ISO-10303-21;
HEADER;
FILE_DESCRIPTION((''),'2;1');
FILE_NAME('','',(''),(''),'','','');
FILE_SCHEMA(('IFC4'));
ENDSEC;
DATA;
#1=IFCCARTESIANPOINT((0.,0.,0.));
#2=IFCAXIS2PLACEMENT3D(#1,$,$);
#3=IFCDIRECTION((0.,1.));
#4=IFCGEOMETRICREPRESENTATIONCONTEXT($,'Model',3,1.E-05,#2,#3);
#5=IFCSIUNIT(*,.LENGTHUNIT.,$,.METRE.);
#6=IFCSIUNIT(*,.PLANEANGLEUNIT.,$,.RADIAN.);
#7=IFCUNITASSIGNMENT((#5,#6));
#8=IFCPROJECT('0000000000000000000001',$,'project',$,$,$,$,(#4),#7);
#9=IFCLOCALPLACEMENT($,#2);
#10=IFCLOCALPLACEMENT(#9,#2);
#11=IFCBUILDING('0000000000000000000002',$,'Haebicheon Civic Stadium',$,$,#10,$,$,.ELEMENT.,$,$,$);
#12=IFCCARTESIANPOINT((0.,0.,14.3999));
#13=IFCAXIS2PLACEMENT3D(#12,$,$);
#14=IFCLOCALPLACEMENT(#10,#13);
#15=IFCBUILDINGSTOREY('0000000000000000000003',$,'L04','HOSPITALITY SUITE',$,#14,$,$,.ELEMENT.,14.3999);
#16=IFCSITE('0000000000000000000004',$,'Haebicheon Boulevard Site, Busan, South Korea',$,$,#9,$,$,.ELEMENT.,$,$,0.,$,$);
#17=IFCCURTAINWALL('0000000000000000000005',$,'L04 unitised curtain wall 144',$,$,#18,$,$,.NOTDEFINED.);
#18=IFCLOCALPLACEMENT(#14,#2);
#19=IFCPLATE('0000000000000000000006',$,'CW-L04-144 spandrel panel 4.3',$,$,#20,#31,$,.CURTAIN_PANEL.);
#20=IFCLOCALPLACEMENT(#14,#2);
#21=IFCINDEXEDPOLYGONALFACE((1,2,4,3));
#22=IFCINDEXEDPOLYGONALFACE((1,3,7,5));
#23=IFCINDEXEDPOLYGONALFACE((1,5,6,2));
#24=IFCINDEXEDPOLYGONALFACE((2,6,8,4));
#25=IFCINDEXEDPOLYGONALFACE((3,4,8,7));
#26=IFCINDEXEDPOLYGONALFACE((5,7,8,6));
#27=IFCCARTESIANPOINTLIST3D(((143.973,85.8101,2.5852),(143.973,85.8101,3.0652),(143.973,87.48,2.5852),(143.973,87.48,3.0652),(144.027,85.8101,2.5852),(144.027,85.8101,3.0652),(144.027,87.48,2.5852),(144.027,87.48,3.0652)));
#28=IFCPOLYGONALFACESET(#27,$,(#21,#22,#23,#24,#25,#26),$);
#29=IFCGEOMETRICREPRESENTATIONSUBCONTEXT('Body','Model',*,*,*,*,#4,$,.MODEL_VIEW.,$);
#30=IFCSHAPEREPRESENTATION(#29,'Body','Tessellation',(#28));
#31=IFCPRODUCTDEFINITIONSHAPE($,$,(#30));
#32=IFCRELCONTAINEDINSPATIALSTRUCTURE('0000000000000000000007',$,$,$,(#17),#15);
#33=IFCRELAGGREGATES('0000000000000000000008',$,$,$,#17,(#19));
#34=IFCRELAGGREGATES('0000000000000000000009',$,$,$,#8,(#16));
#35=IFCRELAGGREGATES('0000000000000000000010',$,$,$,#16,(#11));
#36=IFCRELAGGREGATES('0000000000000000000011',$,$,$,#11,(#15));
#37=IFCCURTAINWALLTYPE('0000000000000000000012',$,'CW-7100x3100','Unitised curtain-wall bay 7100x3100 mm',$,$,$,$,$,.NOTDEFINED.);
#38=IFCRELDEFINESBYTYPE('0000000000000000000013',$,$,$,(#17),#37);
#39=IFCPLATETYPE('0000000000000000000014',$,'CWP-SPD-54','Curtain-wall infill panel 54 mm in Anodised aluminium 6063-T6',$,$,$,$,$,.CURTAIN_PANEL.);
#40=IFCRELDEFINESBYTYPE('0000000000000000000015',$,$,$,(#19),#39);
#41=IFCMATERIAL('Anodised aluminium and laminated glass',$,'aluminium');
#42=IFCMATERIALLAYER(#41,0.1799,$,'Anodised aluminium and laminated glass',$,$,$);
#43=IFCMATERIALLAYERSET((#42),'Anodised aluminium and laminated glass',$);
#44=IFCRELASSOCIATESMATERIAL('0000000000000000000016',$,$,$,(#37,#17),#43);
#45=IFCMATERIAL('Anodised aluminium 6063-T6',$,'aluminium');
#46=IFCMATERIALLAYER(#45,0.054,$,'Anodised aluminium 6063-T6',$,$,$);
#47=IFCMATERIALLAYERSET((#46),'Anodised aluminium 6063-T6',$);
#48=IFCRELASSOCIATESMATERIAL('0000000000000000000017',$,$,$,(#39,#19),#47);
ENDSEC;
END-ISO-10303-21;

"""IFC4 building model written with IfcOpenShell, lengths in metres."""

from ifc_helpers import new_model, si_unit, direction, frame, origin, origin_2d, place, context, subcontext, project, spatial, rectangle, extrude, material, layer, layer_set, type_object, element, aggregate, save


model = new_model("IFC4")

# Units and contexts
model_context = context("Model", 3, precision=1e-05, world=origin(), true_north=direction((0.0, 1.0)))
body_context = subcontext(model_context, "Body", "Model", "MODEL_VIEW")
ifc_project = project(units=[si_unit("LENGTHUNIT", "METRE"), si_unit("PLANEANGLEUNIT", "RADIAN")], contexts=[model_context])

# Site, building, storey
site_placement = place(None, origin())
site = spatial("IfcSite", under=ifc_project, at=site_placement, Name="Haebicheon Boulevard Site, Busan, South Korea", CompositionType="ELEMENT", RefElevation=0.0)
building_placement = place(site_placement, origin())
building = spatial("IfcBuilding", under=site, at=building_placement, Name="Haebicheon Civic Stadium", CompositionType="ELEMENT")
storey_placement = place(building_placement, frame((0.0, 0.0, 14.3999)))
storey = spatial("IfcBuildingStorey", under=building, at=storey_placement, Name="L04", Description="HOSPITALITY SUITE", CompositionType="ELEMENT", Elevation=14.3999)

# Curtain wall
ifc_material_1 = material(Name="Anodised aluminium and laminated glass", Category="aluminium")
ifc_layer_1 = layer(ifc_material_1, 0.1799, Name="Anodised aluminium and laminated glass")
ifc_layer_set_1 = layer_set([ifc_layer_1], Name="Anodised aluminium and laminated glass")
curtain_wall_type = type_object("IfcCurtainWallType", Name="CW-7100x3100", Description="Unitised curtain-wall bay 7100x3100 mm", PredefinedType="NOTDEFINED", material=ifc_layer_set_1)
curtain_wall_placement = place(storey_placement, origin())
curtain_wall = element("IfcCurtainWall", 1, at=curtain_wall_placement, inside=storey, type_object=curtain_wall_type, material=ifc_layer_set_1, Name="L04 unitised curtain wall 144", PredefinedType="NOTDEFINED")

# Plate
ifc_material_2 = material(Name="Anodised aluminium 6063-T6", Category="aluminium")
ifc_layer_2 = layer(ifc_material_2, 0.054, Name="Anodised aluminium 6063-T6")
ifc_layer_set_2 = layer_set([ifc_layer_2], Name="Anodised aluminium 6063-T6")
plate_type_1 = type_object("IfcPlateType", Name="CWP-SPD-54", Description="Curtain-wall infill panel 54 mm in Anodised aluminium 6063-T6", PredefinedType="CURTAIN_PANEL", material=ifc_layer_set_2)
plate_1_placement = place(storey_placement, frame((144.0, 86.645, 2.5852), z_axis=(0.0, 0.0, 1.0), x_axis=(0.0, 1.0, 0.0)))
plate_1 = element("IfcPlate", 2, at=plate_1_placement, type_object=plate_type_1, material=ifc_layer_set_2, Name="CW-L04-144 spandrel panel 4.3", PredefinedType="CURTAIN_PANEL", context=body_context, shape_type="SweptSolid", body=[
    extrude(rectangle(XDim=1.6699, YDim=0.054, at=origin_2d()), origin(), (0.0, 0.0, 1.0), 0.48),
])
aggregate(curtain_wall, [plate_1])

save(model, "model.ifc")
